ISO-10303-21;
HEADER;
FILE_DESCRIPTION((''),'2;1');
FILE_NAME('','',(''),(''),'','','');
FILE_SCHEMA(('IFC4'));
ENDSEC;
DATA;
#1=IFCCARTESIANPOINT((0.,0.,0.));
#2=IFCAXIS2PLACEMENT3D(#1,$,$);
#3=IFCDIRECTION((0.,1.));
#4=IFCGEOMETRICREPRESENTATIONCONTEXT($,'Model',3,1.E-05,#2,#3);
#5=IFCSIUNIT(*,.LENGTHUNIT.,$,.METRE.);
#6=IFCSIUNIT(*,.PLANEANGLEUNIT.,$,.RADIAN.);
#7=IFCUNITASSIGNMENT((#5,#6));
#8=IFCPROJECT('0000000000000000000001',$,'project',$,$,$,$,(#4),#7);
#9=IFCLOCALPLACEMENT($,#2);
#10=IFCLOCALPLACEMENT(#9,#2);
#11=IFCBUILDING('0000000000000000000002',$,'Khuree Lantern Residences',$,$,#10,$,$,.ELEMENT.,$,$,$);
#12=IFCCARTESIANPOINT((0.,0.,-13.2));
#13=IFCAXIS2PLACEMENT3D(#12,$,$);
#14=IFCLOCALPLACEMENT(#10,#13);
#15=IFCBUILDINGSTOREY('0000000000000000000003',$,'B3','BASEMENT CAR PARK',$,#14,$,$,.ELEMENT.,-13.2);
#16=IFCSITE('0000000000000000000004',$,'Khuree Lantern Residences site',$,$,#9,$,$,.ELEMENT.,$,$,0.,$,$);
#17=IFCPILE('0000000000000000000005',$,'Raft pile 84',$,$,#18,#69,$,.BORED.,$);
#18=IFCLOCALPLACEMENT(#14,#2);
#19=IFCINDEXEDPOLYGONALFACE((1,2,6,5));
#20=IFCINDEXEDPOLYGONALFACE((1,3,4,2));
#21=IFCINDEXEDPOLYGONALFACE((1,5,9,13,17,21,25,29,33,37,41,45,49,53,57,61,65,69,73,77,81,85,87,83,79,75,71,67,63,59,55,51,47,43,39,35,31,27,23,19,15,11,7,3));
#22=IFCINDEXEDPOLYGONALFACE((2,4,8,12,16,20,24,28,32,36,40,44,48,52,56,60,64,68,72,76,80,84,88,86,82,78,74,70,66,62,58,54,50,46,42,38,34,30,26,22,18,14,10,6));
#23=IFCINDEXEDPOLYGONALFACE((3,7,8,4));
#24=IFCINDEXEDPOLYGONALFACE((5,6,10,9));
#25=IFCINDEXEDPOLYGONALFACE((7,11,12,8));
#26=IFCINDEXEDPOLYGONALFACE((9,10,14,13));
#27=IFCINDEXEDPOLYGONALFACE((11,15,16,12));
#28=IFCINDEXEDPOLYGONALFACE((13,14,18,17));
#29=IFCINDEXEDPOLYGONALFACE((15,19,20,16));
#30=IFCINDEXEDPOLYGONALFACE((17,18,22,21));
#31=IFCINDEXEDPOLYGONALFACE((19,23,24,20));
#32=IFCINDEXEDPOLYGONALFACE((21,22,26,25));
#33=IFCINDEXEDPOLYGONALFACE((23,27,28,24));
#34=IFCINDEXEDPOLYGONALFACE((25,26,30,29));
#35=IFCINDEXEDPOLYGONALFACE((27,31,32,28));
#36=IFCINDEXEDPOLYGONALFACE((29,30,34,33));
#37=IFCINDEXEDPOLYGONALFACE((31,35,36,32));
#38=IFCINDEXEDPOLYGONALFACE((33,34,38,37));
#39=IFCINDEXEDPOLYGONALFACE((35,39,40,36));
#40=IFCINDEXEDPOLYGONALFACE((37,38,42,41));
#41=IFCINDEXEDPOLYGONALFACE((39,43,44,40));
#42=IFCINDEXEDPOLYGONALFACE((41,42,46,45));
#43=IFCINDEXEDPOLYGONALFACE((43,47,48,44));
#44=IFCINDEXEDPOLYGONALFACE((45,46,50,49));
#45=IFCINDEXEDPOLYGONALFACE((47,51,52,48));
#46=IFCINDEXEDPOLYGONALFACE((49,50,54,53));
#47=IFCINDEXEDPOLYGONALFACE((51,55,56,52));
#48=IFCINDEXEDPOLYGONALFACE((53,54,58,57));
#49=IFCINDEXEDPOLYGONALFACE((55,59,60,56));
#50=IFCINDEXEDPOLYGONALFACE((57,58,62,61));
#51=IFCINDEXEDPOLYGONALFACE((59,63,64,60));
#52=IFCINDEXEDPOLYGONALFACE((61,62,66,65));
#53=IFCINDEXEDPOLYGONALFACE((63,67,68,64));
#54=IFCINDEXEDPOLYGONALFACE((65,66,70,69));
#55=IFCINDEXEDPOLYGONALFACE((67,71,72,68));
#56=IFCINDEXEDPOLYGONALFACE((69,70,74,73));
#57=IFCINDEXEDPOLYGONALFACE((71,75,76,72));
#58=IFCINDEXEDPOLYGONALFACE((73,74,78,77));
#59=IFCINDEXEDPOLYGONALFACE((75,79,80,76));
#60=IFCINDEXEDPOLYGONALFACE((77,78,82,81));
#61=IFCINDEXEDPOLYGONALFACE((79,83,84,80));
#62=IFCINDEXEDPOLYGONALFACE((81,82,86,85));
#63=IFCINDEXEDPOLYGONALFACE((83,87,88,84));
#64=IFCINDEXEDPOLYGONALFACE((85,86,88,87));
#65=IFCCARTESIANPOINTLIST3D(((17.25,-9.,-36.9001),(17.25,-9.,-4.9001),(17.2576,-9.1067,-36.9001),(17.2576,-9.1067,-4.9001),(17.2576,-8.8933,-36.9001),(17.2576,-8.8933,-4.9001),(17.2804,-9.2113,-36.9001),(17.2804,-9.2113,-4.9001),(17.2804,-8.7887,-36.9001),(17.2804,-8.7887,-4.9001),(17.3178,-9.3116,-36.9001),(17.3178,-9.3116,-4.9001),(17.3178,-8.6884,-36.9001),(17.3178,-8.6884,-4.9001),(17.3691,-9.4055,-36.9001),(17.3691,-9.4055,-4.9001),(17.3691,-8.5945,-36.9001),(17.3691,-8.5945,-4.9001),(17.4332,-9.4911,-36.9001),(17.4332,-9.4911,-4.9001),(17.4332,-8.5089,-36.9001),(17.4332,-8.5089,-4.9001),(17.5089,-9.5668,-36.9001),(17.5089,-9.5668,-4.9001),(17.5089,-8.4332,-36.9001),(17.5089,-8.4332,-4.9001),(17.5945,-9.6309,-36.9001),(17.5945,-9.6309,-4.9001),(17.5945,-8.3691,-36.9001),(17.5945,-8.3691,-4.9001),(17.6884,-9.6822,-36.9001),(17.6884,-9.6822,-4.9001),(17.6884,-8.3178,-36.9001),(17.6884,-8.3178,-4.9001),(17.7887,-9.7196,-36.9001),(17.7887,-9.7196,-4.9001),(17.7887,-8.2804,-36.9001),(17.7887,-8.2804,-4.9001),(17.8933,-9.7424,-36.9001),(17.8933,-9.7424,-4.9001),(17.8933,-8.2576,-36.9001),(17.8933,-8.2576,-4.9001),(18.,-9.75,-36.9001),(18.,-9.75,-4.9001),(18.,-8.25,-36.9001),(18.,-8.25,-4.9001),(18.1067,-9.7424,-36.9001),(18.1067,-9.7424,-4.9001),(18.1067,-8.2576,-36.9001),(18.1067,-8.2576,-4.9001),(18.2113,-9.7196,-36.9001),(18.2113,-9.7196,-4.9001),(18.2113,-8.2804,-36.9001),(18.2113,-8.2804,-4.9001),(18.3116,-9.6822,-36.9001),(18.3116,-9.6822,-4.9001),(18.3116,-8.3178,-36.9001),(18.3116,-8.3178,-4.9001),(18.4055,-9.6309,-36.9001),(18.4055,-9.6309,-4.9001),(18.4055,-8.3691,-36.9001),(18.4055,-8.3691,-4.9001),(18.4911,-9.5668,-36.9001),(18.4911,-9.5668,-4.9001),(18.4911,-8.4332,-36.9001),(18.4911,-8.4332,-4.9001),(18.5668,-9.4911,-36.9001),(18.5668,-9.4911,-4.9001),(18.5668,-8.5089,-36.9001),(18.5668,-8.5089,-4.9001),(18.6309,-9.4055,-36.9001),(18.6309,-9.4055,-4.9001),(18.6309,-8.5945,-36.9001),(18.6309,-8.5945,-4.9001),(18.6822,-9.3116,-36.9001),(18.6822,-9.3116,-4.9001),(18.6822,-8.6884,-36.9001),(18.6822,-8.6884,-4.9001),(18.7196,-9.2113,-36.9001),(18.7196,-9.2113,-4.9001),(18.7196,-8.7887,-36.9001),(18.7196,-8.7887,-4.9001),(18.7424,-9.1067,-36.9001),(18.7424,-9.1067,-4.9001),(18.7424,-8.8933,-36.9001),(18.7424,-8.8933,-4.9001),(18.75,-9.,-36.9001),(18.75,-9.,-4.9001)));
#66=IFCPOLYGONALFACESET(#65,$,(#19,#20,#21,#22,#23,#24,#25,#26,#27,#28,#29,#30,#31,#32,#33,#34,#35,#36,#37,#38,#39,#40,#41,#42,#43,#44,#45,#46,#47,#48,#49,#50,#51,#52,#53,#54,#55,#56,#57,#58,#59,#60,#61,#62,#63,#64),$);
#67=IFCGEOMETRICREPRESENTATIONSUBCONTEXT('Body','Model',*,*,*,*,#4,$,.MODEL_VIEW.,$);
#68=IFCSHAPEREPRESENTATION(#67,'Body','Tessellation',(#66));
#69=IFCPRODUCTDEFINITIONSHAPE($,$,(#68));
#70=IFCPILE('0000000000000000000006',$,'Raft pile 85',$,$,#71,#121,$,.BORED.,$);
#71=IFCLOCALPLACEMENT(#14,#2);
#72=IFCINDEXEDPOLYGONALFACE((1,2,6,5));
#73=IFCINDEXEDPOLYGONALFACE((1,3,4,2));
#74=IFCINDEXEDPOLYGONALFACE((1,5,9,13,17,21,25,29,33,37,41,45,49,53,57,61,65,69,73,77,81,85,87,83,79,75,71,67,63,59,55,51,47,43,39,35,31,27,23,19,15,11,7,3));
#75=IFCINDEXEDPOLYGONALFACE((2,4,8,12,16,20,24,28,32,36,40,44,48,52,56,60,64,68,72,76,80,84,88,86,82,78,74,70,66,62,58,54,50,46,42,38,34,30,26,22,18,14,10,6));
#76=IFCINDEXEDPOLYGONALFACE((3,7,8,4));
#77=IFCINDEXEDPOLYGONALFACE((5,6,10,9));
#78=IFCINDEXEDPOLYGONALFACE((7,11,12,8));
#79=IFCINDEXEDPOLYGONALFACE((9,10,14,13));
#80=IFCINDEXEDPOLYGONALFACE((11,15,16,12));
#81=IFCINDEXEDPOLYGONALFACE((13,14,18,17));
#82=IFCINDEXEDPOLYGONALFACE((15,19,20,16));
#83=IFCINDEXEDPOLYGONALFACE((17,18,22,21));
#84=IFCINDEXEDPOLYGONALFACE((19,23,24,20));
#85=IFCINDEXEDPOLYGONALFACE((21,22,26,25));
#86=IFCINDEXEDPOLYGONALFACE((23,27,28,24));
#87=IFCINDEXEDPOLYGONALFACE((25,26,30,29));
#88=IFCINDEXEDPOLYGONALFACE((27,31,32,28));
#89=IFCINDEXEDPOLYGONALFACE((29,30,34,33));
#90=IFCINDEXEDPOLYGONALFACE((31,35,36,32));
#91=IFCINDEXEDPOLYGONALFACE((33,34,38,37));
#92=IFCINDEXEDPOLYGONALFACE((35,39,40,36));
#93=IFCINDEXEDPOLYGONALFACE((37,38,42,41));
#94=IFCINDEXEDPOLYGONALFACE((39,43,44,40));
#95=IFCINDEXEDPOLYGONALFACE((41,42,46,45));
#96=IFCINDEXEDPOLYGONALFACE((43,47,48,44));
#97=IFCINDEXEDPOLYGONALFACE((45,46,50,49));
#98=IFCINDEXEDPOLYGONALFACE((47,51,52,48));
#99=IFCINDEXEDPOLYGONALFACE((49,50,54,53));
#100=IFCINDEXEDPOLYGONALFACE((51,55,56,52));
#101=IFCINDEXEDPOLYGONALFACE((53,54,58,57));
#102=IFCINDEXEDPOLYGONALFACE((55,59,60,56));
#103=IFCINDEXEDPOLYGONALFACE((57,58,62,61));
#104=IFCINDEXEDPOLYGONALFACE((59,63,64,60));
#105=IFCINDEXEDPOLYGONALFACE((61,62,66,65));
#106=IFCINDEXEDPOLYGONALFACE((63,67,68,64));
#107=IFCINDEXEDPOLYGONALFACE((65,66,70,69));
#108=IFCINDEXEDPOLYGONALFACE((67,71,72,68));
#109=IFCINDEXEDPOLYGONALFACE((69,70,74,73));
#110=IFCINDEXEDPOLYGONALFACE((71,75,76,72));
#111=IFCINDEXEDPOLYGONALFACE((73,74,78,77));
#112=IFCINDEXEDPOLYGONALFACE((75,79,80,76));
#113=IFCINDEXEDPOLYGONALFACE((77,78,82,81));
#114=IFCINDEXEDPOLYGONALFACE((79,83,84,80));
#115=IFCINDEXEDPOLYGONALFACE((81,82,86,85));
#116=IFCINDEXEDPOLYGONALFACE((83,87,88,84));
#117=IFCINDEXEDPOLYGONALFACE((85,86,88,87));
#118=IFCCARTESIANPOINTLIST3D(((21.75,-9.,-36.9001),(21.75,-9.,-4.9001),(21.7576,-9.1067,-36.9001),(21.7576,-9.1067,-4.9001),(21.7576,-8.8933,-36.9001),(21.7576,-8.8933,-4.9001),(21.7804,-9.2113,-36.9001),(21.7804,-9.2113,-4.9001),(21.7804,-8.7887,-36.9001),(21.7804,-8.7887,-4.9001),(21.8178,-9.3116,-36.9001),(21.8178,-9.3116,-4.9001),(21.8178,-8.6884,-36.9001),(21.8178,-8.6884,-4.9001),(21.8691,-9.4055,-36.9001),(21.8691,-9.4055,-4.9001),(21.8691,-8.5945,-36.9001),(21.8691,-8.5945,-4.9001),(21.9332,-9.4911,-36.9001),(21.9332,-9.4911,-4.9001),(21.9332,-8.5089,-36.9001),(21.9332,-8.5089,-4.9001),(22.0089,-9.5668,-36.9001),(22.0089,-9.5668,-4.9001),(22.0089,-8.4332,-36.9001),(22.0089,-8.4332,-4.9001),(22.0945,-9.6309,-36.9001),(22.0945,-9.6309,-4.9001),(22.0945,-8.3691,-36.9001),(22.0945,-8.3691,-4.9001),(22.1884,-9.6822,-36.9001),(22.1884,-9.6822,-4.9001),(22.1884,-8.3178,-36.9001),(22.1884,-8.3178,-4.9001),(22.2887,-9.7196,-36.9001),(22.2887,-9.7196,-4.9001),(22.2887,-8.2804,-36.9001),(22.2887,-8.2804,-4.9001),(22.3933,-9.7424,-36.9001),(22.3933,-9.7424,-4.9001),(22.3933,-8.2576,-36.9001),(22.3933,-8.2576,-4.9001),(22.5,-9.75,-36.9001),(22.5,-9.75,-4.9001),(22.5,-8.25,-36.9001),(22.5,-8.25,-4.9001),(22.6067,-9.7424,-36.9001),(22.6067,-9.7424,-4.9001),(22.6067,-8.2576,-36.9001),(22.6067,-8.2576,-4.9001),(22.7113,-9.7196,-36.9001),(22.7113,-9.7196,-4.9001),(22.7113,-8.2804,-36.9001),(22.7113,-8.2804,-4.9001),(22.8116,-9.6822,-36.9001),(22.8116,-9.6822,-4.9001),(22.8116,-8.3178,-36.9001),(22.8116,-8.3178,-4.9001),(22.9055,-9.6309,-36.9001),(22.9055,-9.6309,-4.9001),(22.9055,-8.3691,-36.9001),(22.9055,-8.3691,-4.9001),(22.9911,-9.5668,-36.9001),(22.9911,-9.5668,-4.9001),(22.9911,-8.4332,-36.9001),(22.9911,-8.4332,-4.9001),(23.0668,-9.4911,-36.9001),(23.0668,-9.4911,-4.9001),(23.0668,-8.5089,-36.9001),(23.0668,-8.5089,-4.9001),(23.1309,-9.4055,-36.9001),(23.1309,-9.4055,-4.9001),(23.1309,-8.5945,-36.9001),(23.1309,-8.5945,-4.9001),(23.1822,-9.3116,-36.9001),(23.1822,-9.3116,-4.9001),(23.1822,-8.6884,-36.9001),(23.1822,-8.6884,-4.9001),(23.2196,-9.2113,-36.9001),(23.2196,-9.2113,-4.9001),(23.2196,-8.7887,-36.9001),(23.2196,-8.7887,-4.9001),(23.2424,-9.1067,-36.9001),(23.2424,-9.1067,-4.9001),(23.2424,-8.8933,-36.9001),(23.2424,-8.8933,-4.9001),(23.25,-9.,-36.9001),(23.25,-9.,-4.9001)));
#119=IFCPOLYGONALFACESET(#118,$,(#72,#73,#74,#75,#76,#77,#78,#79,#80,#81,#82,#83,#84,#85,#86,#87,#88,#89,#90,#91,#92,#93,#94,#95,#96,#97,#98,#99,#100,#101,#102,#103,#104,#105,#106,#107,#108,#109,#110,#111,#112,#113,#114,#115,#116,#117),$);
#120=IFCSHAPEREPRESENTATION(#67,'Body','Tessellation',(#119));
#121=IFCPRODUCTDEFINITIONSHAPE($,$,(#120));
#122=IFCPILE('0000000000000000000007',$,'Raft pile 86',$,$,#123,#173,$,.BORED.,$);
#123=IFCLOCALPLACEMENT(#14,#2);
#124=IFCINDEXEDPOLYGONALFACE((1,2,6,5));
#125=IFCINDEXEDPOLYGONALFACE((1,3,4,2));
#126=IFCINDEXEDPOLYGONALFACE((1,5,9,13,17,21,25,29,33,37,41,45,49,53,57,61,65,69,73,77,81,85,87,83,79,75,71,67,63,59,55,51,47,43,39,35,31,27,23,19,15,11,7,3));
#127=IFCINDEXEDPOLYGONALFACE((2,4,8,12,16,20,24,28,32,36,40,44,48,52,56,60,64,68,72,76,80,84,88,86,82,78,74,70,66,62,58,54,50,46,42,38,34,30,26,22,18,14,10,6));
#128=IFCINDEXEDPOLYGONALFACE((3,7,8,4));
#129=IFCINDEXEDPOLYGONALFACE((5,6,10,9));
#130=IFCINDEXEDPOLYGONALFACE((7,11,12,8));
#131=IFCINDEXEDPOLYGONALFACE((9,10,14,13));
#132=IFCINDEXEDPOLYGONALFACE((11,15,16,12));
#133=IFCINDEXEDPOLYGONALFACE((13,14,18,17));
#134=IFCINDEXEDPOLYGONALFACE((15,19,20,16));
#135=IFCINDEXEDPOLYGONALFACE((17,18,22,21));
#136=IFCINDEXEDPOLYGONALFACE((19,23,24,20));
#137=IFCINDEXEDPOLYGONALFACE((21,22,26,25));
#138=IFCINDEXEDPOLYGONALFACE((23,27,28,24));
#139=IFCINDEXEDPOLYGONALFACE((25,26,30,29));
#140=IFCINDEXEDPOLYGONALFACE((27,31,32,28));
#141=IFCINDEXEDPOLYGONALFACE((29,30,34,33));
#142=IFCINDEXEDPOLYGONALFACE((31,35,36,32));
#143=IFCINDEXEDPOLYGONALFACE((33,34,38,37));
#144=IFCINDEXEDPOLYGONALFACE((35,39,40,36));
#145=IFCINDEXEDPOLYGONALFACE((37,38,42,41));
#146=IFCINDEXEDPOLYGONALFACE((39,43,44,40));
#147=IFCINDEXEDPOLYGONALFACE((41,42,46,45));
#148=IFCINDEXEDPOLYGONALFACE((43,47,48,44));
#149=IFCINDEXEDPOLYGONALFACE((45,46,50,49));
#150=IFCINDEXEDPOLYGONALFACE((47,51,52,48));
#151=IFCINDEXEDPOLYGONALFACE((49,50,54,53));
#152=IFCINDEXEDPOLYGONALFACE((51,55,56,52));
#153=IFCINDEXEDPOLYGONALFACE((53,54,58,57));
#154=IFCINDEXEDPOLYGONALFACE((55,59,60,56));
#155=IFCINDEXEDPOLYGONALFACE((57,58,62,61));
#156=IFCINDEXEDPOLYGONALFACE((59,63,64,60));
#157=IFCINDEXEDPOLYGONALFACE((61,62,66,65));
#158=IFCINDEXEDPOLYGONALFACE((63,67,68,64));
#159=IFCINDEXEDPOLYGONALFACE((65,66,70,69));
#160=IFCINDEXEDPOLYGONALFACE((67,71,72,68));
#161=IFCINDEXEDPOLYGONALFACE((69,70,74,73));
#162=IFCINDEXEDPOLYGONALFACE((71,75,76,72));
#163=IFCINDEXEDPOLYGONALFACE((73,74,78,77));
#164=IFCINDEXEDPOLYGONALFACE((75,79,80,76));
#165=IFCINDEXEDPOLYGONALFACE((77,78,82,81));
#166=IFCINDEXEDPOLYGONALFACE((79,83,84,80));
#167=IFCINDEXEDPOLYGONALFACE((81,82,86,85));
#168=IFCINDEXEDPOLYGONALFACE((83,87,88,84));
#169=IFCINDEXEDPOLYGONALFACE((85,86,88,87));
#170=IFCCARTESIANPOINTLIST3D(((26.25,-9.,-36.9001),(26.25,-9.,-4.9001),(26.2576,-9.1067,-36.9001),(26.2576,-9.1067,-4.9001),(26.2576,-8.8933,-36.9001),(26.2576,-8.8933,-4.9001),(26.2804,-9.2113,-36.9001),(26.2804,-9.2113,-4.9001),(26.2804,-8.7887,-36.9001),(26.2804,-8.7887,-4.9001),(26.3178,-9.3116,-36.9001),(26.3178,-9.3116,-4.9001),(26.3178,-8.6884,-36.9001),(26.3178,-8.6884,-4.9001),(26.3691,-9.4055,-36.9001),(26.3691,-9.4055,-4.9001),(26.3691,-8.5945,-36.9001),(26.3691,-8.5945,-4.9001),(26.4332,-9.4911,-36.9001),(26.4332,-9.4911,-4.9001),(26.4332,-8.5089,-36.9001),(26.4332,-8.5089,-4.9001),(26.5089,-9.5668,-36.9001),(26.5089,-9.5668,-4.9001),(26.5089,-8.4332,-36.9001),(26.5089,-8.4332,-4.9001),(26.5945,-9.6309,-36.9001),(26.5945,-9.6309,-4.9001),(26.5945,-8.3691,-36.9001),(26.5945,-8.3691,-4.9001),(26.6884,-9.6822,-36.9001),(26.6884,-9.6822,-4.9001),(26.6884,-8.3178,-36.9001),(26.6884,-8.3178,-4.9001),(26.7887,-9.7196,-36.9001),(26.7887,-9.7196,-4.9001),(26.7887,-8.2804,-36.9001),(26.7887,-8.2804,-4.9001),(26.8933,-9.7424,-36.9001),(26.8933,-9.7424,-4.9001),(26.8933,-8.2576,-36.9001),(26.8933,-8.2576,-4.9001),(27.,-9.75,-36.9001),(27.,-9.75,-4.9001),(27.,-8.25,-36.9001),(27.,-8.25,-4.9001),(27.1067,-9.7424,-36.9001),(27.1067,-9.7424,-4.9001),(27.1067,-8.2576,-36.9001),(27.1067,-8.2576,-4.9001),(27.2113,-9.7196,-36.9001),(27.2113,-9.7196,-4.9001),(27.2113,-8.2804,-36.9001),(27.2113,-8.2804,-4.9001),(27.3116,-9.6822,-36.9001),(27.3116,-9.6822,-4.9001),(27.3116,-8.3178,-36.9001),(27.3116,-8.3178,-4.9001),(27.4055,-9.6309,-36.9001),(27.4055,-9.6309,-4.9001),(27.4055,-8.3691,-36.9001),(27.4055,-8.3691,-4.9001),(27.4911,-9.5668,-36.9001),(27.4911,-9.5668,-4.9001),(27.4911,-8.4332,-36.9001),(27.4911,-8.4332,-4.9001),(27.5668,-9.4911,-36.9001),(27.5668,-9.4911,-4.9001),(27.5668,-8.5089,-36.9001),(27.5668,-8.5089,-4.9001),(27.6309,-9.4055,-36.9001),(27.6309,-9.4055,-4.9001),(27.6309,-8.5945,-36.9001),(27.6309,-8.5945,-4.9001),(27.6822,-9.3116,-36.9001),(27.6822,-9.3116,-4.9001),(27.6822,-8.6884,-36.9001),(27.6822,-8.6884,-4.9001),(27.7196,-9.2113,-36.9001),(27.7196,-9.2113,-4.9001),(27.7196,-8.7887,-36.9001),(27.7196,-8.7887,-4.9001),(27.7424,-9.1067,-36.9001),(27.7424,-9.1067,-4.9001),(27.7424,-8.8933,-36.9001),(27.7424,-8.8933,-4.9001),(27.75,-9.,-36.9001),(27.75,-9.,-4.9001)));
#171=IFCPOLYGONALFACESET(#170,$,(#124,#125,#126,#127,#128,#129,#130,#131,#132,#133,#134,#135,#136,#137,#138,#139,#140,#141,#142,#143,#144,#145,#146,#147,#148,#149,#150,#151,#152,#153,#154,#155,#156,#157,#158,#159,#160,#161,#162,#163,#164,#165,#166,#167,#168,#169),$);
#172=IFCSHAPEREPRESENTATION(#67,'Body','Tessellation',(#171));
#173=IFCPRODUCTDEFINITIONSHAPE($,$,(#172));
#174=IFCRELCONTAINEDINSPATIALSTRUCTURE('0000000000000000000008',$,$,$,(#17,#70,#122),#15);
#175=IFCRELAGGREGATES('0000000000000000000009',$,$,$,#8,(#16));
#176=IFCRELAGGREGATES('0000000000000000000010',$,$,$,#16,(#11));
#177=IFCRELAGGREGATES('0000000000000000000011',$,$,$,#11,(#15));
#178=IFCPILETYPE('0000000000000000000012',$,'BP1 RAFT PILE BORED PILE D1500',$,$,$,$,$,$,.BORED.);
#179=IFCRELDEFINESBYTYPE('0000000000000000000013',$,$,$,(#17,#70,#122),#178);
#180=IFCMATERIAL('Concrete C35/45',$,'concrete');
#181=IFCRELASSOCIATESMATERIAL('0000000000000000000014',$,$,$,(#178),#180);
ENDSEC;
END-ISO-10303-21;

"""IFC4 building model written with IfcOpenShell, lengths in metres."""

from ifc_helpers import new_model, si_unit, direction, frame, origin, origin_2d, place, context, subcontext, project, spatial, circle, extrude, material, material_profile, profile_set, type_object, element, save


model = new_model("IFC4")

# Units and contexts
model_context = context("Model", 3, precision=1e-05, world=origin(), true_north=direction((0.0, 1.0)))
body_context = subcontext(model_context, "Body", "Model", "MODEL_VIEW")
ifc_project = project(units=[si_unit("LENGTHUNIT", "METRE"), si_unit("PLANEANGLEUNIT", "RADIAN")], contexts=[model_context])

# Site, building, storey
site_placement = place(None, origin())
site = spatial("IfcSite", under=ifc_project, at=site_placement, Name="Khuree Lantern Residences site", CompositionType="ELEMENT", RefElevation=0.0)
building_placement = place(site_placement, origin())
building = spatial("IfcBuilding", under=site, at=building_placement, Name="Khuree Lantern Residences", CompositionType="ELEMENT")
storey_placement = place(building_placement, frame((0.0, 0.0, -13.2)))
storey = spatial("IfcBuildingStorey", under=building, at=storey_placement, Name="B3", Description="BASEMENT CAR PARK", CompositionType="ELEMENT", Elevation=-13.2)

# Piles
ifc_material_1 = material(Name="Concrete C35/45", Category="concrete")
ifc_material_profile = material_profile(ifc_material_1, circle(Radius=0.75, at=origin_2d()), Name="BORED PILE D1500")
ifc_profile_set = profile_set([ifc_material_profile], Name="Concrete C35/45")
pile_type = type_object("IfcPileType", Name="BP1 RAFT PILE BORED PILE D1500", PredefinedType="BORED", material=ifc_profile_set)
for number, where, z_axis, x_axis, name in (
    (1, (18.0, -9.0, -4.9001), (0.0, 0.0, -1.0), (1.0, 0.0, 0.0), "Raft pile 84"),
    (2, (22.5, -9.0, -4.9001), (0.0, 0.0, -1.0), (1.0, 0.0, 0.0), "Raft pile 85"),
    (3, (27.0, -9.0, -4.9001), (0.0, 0.0, -1.0), (1.0, 0.0, 0.0), "Raft pile 86"),
):
    element("IfcPile", number, at=place(storey_placement, frame(where, z_axis=z_axis, x_axis=x_axis)), inside=storey, type_object=pile_type, Name=name, PredefinedType="BORED", context=body_context, shape_type="SweptSolid", body=[
        extrude(circle(Radius=0.75, at=origin_2d()), origin(), (0.0, 0.0, 1.0), 32.0),
    ])

save(model, "model.ifc")
